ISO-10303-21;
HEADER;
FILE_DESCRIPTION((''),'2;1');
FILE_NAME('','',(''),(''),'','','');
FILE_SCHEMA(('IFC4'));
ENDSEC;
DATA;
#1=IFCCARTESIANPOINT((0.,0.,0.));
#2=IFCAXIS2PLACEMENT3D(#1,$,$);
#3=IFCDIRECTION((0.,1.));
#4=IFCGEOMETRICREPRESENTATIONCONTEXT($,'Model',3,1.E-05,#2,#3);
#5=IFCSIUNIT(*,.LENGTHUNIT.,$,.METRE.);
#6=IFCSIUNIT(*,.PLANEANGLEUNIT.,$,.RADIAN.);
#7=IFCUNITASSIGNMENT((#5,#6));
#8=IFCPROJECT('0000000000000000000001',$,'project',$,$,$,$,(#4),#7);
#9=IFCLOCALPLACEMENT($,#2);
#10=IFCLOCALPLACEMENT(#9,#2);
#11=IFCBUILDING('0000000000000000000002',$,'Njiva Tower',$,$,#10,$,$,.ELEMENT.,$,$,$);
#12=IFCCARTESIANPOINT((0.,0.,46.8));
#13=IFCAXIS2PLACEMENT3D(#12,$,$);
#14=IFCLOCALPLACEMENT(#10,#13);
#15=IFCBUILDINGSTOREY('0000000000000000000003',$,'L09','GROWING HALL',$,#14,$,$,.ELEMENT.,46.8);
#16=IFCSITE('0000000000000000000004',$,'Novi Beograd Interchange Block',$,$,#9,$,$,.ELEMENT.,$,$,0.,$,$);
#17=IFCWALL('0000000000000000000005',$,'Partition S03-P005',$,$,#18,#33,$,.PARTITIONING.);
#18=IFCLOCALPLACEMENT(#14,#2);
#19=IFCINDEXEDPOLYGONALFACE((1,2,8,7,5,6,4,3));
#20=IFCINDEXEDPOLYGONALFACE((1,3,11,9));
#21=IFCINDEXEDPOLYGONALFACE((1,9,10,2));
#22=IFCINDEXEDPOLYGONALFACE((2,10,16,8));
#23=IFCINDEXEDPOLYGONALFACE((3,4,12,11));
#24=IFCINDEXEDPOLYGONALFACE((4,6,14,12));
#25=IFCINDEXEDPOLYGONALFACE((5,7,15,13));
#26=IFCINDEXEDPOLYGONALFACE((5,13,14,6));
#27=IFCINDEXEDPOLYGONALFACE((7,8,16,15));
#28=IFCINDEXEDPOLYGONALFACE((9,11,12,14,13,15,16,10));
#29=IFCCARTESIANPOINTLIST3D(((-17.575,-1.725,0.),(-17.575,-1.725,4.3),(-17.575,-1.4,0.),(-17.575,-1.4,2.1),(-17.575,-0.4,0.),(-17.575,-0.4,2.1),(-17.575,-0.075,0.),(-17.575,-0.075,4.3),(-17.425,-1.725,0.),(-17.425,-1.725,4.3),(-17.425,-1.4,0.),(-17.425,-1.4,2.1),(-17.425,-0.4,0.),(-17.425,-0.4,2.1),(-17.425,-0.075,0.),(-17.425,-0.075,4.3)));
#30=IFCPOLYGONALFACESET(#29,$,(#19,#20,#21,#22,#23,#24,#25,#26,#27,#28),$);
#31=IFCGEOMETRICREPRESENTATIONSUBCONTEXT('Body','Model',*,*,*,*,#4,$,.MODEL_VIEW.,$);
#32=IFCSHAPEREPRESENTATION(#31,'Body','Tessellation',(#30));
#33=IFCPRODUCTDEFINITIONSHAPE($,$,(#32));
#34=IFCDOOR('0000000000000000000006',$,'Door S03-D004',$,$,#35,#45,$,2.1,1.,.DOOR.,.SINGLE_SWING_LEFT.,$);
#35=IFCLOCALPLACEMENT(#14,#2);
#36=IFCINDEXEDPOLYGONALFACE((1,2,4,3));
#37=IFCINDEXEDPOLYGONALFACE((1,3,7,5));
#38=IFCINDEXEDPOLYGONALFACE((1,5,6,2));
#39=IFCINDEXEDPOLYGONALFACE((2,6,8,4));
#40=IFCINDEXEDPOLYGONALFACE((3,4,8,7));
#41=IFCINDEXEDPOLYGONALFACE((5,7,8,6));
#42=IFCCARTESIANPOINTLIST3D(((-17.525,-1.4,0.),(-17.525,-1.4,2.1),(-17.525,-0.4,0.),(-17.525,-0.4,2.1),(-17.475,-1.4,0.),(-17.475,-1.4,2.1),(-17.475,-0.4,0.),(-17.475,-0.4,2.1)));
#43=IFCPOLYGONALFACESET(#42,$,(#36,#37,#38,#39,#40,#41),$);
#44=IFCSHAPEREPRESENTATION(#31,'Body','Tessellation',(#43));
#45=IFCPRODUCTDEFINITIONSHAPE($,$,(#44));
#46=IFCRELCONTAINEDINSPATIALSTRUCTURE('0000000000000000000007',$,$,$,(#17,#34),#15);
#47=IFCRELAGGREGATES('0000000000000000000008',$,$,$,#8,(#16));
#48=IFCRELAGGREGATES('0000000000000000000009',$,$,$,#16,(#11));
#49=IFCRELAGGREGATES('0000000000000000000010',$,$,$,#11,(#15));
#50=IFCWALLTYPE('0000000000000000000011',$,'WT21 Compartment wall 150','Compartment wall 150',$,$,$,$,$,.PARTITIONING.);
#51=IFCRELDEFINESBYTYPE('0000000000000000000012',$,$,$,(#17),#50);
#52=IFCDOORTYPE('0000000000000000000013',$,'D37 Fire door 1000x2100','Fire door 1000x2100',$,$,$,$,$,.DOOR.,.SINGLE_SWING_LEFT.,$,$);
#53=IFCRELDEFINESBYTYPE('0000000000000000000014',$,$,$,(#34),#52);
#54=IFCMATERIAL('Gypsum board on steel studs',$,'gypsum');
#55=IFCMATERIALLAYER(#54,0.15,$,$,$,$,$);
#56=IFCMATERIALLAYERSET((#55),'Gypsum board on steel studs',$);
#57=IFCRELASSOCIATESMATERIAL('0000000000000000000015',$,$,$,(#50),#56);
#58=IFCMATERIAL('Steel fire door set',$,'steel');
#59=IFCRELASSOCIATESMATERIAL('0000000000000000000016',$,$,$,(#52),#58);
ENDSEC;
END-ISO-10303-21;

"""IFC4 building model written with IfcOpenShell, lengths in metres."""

from ifc_helpers import new_model, si_unit, direction, frame, frame_2d, origin, place, context, subcontext, project, spatial, rectangle, extrude, material, layer, layer_set, type_object, element, fill, save


model = new_model("IFC4")

# Units and contexts
model_context = context("Model", 3, precision=1e-05, world=origin(), true_north=direction((0.0, 1.0)))
body_context = subcontext(model_context, "Body", "Model", "MODEL_VIEW")
ifc_project = project(units=[si_unit("LENGTHUNIT", "METRE"), si_unit("PLANEANGLEUNIT", "RADIAN")], contexts=[model_context])

# Site, building, storey
site_placement = place(None, origin())
site = spatial("IfcSite", under=ifc_project, at=site_placement, Name="Novi Beograd Interchange Block", CompositionType="ELEMENT", RefElevation=0.0)
building_placement = place(site_placement, origin())
building = spatial("IfcBuilding", under=site, at=building_placement, Name="Njiva Tower", CompositionType="ELEMENT")
storey_placement = place(building_placement, frame((0.0, 0.0, 46.8)))
storey = spatial("IfcBuildingStorey", under=building, at=storey_placement, Name="L09", Description="GROWING HALL", CompositionType="ELEMENT", Elevation=46.8)

# Shared definitions
ifc_material_1 = material(Name="Gypsum board on steel studs", Category="gypsum")
ifc_layer = layer(ifc_material_1, 0.15)
ifc_layer_set = layer_set([ifc_layer], Name="Gypsum board on steel studs")
wall_type = type_object("IfcWallType", Name="WT21 Compartment wall 150", Description="Compartment wall 150", PredefinedType="PARTITIONING", material=ifc_layer_set)
ifc_material_2 = material(Name="Steel fire door set", Category="steel")
door_type = type_object("IfcDoorType", Name="D37 Fire door 1000x2100", Description="Fire door 1000x2100", OperationType="SINGLE_SWING_LEFT", PredefinedType="DOOR", material=ifc_material_2)

# Wall, opening, door
wall_1_placement = place(storey_placement, frame((-17.5, -1.725, 0.0), z_axis=(0.0, 0.0, 1.0), x_axis=(0.0, 1.0, 0.0)))
wall_1 = element("IfcWall", 1, at=wall_1_placement, inside=storey, type_object=wall_type, Name="Partition S03-P005", PredefinedType="PARTITIONING", context=body_context, shape_type="SweptSolid", body=[
    extrude(rectangle(XDim=1.65, YDim=0.15, at=frame_2d((0.825, 0.0))), origin(), (0.0, 0.0, 1.0), 4.3),
])
opening_1_placement = place(wall_1_placement, frame((0.325, 0.0, 0.0)))
opening_1 = element("IfcOpeningElement", 2, at=opening_1_placement, cuts=wall_1, PredefinedType="OPENING", context=body_context, shape_type="SweptSolid", body=[
    extrude(rectangle(XDim=1.0, YDim=2.1, at=frame_2d((0.5, 1.05))), frame((0.0, 0.085, 0.0), z_axis=(0.0, -1.0, 0.0), x_axis=(1.0, 0.0, 0.0)), (0.0, 0.0, 1.0), 0.17),
])
door_1_placement = place(opening_1_placement, origin())
door_1 = element("IfcDoor", 3, at=door_1_placement, inside=storey, type_object=door_type, Name="Door S03-D004", OperationType="SINGLE_SWING_LEFT", OverallHeight=2.1, OverallWidth=1.0, PredefinedType="DOOR", context=body_context, shape_type="SweptSolid", body=[
    extrude(rectangle(XDim=1.0, YDim=2.1, at=frame_2d((0.5, 1.05))), frame((0.0, 0.025, 0.0), z_axis=(0.0, -1.0, 0.0), x_axis=(1.0, 0.0, 0.0)), (0.0, 0.0, 1.0), 0.05),
])
fill(opening_1, door_1)

save(model, "model.ifc")
